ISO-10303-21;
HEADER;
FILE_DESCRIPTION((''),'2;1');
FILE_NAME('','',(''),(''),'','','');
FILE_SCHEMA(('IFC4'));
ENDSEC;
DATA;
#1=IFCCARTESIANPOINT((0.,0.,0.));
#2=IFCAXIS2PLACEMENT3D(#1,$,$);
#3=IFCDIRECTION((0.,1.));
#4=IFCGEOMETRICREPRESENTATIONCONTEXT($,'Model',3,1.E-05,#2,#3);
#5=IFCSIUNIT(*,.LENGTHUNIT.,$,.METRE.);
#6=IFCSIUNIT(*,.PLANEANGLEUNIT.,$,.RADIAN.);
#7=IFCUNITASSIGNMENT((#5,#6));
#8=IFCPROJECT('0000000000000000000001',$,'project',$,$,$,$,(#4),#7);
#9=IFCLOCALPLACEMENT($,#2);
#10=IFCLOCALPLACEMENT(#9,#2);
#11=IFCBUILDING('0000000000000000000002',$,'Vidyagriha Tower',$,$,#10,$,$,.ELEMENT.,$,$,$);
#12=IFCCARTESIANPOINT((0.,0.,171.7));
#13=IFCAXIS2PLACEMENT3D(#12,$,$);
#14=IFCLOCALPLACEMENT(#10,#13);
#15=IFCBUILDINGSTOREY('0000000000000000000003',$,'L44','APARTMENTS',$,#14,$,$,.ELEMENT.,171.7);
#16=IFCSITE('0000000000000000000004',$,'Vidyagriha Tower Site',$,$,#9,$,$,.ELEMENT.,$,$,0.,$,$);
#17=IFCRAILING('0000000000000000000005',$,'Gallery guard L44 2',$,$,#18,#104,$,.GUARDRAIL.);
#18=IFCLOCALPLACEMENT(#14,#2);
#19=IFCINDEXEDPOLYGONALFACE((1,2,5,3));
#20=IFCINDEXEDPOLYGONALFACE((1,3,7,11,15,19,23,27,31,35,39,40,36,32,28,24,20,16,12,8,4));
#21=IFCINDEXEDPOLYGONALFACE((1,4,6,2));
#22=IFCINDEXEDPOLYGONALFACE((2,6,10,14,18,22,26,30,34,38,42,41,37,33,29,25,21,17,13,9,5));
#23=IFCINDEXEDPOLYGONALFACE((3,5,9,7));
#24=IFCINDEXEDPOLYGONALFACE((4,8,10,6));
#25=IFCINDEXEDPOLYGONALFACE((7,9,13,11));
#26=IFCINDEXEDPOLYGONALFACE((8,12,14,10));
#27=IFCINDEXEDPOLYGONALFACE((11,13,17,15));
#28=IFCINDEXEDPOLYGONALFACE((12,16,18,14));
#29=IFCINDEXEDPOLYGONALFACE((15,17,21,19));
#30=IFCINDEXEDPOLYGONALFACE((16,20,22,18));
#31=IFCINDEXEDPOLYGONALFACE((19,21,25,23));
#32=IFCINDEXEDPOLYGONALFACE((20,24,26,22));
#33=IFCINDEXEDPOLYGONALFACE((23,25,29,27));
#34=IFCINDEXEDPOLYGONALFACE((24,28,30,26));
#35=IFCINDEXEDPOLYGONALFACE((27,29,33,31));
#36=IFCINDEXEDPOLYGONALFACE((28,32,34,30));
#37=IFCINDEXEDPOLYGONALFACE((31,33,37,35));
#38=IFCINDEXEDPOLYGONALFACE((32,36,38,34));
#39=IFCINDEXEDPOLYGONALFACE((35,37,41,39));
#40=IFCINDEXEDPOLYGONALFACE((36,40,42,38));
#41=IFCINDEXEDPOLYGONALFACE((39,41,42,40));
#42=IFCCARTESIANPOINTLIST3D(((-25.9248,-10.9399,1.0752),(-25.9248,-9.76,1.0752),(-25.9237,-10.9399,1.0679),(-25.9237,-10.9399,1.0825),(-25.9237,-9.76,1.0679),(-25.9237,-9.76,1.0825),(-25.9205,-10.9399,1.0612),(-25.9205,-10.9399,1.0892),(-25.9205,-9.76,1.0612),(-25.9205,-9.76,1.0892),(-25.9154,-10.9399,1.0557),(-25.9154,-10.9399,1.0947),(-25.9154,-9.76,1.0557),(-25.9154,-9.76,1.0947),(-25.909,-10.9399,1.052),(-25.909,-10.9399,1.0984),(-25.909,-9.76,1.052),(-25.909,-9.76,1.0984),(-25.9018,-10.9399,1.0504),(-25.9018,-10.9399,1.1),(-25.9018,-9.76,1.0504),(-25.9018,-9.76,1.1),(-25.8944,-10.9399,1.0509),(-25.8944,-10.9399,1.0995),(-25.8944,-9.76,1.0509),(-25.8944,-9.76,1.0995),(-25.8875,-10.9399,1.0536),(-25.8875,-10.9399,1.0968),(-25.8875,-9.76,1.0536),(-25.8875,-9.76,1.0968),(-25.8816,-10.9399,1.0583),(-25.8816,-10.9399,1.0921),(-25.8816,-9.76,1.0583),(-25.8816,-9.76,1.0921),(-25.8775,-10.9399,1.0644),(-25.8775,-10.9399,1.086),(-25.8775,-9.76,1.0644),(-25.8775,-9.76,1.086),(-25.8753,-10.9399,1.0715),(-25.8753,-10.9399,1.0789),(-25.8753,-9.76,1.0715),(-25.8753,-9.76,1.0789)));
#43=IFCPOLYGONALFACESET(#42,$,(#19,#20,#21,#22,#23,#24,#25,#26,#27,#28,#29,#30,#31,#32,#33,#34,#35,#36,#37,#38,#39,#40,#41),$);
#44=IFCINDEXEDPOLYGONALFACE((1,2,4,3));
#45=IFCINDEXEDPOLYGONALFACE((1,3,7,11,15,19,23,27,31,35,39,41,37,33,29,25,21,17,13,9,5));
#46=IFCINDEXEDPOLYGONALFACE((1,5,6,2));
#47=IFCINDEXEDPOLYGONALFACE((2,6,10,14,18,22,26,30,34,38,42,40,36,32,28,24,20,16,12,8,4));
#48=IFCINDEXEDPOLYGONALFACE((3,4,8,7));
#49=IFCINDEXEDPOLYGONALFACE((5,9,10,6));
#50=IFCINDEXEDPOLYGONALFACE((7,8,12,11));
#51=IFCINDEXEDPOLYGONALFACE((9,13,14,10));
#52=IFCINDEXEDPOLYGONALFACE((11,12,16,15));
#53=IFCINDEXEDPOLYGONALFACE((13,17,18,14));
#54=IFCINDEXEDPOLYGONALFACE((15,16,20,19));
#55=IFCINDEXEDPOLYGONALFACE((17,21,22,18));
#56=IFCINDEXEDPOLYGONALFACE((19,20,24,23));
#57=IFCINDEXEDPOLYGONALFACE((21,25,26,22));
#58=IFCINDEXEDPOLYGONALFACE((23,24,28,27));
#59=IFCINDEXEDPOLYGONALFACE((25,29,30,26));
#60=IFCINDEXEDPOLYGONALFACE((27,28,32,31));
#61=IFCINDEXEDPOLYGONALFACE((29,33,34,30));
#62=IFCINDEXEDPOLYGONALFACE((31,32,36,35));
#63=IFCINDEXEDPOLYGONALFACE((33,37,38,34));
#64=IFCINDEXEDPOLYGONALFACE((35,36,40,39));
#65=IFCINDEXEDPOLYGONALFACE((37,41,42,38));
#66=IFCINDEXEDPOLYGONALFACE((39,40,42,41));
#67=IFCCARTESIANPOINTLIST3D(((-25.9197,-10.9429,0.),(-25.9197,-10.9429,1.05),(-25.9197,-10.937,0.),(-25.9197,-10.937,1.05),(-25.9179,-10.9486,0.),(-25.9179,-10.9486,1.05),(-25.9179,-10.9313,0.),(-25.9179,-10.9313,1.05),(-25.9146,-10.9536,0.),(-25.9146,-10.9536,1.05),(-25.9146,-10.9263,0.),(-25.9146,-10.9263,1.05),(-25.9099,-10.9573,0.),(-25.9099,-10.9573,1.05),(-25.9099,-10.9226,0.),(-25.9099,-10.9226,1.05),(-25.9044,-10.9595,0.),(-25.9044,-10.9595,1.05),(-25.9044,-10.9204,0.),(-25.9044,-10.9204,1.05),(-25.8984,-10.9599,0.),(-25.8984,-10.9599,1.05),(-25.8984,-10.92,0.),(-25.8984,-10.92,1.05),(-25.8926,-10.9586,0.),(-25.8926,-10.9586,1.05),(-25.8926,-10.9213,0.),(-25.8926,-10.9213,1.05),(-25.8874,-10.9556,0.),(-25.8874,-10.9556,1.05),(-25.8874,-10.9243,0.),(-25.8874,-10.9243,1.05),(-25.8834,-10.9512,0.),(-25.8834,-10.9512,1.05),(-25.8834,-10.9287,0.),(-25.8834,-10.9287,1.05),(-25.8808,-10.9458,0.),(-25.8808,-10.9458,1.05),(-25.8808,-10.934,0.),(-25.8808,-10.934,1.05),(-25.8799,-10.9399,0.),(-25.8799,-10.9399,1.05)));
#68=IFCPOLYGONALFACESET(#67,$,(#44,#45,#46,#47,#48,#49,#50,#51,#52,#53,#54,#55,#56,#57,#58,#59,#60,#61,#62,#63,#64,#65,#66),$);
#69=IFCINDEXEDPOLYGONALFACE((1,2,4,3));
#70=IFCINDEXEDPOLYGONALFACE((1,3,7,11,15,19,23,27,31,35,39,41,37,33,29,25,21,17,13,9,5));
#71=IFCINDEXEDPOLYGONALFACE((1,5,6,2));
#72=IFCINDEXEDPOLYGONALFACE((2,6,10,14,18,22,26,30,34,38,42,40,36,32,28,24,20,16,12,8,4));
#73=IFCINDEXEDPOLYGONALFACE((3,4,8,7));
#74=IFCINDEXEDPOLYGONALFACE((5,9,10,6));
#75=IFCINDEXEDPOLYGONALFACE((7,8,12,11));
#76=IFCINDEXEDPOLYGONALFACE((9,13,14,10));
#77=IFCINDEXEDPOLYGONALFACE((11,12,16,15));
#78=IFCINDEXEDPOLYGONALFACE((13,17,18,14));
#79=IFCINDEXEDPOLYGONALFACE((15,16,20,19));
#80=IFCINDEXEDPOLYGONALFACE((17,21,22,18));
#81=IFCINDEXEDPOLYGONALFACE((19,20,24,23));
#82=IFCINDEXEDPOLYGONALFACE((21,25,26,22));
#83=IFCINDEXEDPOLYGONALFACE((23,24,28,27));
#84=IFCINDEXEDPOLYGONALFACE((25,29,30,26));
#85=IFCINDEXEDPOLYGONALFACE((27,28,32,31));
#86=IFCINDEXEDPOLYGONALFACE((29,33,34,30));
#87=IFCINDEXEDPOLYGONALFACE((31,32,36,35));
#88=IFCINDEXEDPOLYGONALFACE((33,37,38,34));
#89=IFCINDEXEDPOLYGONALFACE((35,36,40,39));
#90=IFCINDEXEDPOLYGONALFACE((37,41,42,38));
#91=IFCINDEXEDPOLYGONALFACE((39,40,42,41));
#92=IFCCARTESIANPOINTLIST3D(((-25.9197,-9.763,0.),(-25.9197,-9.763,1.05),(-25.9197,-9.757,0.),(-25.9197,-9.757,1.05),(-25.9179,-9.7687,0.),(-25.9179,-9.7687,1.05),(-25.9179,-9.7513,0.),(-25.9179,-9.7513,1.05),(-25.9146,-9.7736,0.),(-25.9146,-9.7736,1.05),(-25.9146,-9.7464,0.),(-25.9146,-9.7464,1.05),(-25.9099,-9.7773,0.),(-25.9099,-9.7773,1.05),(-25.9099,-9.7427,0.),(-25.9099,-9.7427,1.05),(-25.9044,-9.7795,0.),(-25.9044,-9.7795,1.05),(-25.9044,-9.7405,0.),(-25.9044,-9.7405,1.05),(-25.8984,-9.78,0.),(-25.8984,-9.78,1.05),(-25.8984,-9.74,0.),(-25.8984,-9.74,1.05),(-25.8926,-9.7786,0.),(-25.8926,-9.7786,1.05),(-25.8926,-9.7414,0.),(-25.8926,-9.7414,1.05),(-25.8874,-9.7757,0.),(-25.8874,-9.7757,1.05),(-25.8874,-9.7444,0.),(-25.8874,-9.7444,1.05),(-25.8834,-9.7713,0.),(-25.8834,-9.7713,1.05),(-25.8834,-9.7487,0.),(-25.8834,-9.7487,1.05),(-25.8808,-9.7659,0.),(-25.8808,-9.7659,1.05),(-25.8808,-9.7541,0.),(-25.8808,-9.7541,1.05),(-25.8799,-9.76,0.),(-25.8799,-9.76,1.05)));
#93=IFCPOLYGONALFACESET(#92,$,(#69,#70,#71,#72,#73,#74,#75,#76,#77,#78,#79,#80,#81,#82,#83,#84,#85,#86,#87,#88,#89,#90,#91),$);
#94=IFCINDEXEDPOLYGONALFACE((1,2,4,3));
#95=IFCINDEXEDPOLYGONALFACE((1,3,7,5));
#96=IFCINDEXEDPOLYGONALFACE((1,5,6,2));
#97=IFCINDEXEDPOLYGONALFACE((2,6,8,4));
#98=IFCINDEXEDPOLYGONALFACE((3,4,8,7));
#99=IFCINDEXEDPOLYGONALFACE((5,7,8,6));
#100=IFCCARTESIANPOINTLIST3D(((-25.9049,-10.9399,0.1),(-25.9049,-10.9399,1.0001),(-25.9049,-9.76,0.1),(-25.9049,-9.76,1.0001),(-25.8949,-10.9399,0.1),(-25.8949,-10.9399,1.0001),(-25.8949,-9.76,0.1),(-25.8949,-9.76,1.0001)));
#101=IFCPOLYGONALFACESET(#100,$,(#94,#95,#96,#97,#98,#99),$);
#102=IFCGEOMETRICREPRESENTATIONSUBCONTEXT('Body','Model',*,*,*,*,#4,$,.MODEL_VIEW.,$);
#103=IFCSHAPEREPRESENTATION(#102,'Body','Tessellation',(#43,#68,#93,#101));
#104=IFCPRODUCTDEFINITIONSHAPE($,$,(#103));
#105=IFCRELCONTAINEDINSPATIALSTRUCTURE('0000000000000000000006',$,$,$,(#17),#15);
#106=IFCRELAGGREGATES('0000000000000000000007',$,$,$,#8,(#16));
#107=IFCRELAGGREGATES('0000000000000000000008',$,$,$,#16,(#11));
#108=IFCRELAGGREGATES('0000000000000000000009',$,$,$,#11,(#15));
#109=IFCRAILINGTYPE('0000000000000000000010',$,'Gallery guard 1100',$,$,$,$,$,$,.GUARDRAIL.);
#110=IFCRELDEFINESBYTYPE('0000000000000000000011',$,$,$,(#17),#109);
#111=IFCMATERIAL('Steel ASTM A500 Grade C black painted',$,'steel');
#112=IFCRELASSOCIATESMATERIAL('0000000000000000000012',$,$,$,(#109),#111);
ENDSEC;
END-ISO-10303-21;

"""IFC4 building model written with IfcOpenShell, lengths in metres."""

from ifc_helpers import new_model, si_unit, direction, frame, origin, origin_2d, place, context, subcontext, project, spatial, rectangle, circle, extrude, material, type_object, element, save


model = new_model("IFC4")

# Units and contexts
model_context = context("Model", 3, precision=1e-05, world=origin(), true_north=direction((0.0, 1.0)))
body_context = subcontext(model_context, "Body", "Model", "MODEL_VIEW")
ifc_project = project(units=[si_unit("LENGTHUNIT", "METRE"), si_unit("PLANEANGLEUNIT", "RADIAN")], contexts=[model_context])

# Site, building, storey
site_placement = place(None, origin())
site = spatial("IfcSite", under=ifc_project, at=site_placement, Name="Vidyagriha Tower Site", CompositionType="ELEMENT", RefElevation=0.0)
building_placement = place(site_placement, origin())
building = spatial("IfcBuilding", under=site, at=building_placement, Name="Vidyagriha Tower", CompositionType="ELEMENT")
storey_placement = place(building_placement, frame((0.0, 0.0, 171.7)))
storey = spatial("IfcBuildingStorey", under=building, at=storey_placement, Name="L44", Description="APARTMENTS", CompositionType="ELEMENT", Elevation=171.7)

# Railing
ifc_material_1 = material(Name="Steel ASTM A500 Grade C black painted", Category="steel")
railing_type_1 = type_object("IfcRailingType", Name="Gallery guard 1100", PredefinedType="GUARDRAIL", material=ifc_material_1)
railing_1_placement = place(storey_placement, frame((-25.8999, -10.9399, 0.0)))
element("IfcRailing", 1, at=railing_1_placement, inside=storey, type_object=railing_type_1, Name="Gallery guard L44 2", PredefinedType="GUARDRAIL", context=body_context, shape_type="SweptSolid", body=[
    extrude(circle(Radius=0.0249, at=origin_2d()), frame((0.0, 0.0, 1.0752), z_axis=(0.0, 1.0, 0.0), x_axis=(-1.0, 0.0, 0.0)), (0.0, 0.0, 1.0), 1.1799),
    extrude(circle(Radius=0.02, at=origin_2d()), origin(), (0.0, 0.0, 1.0), 1.05),
    extrude(circle(Radius=0.02, at=origin_2d()), frame((0.0, 1.1799, 0.0)), (0.0, 0.0, 1.0), 1.05),
    extrude(rectangle(XDim=0.01, YDim=0.9001, at=origin_2d()), frame((0.0, 0.0, 0.55), z_axis=(0.0, 1.0, 0.0), x_axis=(-1.0, 0.0, 0.0)), (0.0, 0.0, 1.0), 1.1799),
])

save(model, "model.ifc")
